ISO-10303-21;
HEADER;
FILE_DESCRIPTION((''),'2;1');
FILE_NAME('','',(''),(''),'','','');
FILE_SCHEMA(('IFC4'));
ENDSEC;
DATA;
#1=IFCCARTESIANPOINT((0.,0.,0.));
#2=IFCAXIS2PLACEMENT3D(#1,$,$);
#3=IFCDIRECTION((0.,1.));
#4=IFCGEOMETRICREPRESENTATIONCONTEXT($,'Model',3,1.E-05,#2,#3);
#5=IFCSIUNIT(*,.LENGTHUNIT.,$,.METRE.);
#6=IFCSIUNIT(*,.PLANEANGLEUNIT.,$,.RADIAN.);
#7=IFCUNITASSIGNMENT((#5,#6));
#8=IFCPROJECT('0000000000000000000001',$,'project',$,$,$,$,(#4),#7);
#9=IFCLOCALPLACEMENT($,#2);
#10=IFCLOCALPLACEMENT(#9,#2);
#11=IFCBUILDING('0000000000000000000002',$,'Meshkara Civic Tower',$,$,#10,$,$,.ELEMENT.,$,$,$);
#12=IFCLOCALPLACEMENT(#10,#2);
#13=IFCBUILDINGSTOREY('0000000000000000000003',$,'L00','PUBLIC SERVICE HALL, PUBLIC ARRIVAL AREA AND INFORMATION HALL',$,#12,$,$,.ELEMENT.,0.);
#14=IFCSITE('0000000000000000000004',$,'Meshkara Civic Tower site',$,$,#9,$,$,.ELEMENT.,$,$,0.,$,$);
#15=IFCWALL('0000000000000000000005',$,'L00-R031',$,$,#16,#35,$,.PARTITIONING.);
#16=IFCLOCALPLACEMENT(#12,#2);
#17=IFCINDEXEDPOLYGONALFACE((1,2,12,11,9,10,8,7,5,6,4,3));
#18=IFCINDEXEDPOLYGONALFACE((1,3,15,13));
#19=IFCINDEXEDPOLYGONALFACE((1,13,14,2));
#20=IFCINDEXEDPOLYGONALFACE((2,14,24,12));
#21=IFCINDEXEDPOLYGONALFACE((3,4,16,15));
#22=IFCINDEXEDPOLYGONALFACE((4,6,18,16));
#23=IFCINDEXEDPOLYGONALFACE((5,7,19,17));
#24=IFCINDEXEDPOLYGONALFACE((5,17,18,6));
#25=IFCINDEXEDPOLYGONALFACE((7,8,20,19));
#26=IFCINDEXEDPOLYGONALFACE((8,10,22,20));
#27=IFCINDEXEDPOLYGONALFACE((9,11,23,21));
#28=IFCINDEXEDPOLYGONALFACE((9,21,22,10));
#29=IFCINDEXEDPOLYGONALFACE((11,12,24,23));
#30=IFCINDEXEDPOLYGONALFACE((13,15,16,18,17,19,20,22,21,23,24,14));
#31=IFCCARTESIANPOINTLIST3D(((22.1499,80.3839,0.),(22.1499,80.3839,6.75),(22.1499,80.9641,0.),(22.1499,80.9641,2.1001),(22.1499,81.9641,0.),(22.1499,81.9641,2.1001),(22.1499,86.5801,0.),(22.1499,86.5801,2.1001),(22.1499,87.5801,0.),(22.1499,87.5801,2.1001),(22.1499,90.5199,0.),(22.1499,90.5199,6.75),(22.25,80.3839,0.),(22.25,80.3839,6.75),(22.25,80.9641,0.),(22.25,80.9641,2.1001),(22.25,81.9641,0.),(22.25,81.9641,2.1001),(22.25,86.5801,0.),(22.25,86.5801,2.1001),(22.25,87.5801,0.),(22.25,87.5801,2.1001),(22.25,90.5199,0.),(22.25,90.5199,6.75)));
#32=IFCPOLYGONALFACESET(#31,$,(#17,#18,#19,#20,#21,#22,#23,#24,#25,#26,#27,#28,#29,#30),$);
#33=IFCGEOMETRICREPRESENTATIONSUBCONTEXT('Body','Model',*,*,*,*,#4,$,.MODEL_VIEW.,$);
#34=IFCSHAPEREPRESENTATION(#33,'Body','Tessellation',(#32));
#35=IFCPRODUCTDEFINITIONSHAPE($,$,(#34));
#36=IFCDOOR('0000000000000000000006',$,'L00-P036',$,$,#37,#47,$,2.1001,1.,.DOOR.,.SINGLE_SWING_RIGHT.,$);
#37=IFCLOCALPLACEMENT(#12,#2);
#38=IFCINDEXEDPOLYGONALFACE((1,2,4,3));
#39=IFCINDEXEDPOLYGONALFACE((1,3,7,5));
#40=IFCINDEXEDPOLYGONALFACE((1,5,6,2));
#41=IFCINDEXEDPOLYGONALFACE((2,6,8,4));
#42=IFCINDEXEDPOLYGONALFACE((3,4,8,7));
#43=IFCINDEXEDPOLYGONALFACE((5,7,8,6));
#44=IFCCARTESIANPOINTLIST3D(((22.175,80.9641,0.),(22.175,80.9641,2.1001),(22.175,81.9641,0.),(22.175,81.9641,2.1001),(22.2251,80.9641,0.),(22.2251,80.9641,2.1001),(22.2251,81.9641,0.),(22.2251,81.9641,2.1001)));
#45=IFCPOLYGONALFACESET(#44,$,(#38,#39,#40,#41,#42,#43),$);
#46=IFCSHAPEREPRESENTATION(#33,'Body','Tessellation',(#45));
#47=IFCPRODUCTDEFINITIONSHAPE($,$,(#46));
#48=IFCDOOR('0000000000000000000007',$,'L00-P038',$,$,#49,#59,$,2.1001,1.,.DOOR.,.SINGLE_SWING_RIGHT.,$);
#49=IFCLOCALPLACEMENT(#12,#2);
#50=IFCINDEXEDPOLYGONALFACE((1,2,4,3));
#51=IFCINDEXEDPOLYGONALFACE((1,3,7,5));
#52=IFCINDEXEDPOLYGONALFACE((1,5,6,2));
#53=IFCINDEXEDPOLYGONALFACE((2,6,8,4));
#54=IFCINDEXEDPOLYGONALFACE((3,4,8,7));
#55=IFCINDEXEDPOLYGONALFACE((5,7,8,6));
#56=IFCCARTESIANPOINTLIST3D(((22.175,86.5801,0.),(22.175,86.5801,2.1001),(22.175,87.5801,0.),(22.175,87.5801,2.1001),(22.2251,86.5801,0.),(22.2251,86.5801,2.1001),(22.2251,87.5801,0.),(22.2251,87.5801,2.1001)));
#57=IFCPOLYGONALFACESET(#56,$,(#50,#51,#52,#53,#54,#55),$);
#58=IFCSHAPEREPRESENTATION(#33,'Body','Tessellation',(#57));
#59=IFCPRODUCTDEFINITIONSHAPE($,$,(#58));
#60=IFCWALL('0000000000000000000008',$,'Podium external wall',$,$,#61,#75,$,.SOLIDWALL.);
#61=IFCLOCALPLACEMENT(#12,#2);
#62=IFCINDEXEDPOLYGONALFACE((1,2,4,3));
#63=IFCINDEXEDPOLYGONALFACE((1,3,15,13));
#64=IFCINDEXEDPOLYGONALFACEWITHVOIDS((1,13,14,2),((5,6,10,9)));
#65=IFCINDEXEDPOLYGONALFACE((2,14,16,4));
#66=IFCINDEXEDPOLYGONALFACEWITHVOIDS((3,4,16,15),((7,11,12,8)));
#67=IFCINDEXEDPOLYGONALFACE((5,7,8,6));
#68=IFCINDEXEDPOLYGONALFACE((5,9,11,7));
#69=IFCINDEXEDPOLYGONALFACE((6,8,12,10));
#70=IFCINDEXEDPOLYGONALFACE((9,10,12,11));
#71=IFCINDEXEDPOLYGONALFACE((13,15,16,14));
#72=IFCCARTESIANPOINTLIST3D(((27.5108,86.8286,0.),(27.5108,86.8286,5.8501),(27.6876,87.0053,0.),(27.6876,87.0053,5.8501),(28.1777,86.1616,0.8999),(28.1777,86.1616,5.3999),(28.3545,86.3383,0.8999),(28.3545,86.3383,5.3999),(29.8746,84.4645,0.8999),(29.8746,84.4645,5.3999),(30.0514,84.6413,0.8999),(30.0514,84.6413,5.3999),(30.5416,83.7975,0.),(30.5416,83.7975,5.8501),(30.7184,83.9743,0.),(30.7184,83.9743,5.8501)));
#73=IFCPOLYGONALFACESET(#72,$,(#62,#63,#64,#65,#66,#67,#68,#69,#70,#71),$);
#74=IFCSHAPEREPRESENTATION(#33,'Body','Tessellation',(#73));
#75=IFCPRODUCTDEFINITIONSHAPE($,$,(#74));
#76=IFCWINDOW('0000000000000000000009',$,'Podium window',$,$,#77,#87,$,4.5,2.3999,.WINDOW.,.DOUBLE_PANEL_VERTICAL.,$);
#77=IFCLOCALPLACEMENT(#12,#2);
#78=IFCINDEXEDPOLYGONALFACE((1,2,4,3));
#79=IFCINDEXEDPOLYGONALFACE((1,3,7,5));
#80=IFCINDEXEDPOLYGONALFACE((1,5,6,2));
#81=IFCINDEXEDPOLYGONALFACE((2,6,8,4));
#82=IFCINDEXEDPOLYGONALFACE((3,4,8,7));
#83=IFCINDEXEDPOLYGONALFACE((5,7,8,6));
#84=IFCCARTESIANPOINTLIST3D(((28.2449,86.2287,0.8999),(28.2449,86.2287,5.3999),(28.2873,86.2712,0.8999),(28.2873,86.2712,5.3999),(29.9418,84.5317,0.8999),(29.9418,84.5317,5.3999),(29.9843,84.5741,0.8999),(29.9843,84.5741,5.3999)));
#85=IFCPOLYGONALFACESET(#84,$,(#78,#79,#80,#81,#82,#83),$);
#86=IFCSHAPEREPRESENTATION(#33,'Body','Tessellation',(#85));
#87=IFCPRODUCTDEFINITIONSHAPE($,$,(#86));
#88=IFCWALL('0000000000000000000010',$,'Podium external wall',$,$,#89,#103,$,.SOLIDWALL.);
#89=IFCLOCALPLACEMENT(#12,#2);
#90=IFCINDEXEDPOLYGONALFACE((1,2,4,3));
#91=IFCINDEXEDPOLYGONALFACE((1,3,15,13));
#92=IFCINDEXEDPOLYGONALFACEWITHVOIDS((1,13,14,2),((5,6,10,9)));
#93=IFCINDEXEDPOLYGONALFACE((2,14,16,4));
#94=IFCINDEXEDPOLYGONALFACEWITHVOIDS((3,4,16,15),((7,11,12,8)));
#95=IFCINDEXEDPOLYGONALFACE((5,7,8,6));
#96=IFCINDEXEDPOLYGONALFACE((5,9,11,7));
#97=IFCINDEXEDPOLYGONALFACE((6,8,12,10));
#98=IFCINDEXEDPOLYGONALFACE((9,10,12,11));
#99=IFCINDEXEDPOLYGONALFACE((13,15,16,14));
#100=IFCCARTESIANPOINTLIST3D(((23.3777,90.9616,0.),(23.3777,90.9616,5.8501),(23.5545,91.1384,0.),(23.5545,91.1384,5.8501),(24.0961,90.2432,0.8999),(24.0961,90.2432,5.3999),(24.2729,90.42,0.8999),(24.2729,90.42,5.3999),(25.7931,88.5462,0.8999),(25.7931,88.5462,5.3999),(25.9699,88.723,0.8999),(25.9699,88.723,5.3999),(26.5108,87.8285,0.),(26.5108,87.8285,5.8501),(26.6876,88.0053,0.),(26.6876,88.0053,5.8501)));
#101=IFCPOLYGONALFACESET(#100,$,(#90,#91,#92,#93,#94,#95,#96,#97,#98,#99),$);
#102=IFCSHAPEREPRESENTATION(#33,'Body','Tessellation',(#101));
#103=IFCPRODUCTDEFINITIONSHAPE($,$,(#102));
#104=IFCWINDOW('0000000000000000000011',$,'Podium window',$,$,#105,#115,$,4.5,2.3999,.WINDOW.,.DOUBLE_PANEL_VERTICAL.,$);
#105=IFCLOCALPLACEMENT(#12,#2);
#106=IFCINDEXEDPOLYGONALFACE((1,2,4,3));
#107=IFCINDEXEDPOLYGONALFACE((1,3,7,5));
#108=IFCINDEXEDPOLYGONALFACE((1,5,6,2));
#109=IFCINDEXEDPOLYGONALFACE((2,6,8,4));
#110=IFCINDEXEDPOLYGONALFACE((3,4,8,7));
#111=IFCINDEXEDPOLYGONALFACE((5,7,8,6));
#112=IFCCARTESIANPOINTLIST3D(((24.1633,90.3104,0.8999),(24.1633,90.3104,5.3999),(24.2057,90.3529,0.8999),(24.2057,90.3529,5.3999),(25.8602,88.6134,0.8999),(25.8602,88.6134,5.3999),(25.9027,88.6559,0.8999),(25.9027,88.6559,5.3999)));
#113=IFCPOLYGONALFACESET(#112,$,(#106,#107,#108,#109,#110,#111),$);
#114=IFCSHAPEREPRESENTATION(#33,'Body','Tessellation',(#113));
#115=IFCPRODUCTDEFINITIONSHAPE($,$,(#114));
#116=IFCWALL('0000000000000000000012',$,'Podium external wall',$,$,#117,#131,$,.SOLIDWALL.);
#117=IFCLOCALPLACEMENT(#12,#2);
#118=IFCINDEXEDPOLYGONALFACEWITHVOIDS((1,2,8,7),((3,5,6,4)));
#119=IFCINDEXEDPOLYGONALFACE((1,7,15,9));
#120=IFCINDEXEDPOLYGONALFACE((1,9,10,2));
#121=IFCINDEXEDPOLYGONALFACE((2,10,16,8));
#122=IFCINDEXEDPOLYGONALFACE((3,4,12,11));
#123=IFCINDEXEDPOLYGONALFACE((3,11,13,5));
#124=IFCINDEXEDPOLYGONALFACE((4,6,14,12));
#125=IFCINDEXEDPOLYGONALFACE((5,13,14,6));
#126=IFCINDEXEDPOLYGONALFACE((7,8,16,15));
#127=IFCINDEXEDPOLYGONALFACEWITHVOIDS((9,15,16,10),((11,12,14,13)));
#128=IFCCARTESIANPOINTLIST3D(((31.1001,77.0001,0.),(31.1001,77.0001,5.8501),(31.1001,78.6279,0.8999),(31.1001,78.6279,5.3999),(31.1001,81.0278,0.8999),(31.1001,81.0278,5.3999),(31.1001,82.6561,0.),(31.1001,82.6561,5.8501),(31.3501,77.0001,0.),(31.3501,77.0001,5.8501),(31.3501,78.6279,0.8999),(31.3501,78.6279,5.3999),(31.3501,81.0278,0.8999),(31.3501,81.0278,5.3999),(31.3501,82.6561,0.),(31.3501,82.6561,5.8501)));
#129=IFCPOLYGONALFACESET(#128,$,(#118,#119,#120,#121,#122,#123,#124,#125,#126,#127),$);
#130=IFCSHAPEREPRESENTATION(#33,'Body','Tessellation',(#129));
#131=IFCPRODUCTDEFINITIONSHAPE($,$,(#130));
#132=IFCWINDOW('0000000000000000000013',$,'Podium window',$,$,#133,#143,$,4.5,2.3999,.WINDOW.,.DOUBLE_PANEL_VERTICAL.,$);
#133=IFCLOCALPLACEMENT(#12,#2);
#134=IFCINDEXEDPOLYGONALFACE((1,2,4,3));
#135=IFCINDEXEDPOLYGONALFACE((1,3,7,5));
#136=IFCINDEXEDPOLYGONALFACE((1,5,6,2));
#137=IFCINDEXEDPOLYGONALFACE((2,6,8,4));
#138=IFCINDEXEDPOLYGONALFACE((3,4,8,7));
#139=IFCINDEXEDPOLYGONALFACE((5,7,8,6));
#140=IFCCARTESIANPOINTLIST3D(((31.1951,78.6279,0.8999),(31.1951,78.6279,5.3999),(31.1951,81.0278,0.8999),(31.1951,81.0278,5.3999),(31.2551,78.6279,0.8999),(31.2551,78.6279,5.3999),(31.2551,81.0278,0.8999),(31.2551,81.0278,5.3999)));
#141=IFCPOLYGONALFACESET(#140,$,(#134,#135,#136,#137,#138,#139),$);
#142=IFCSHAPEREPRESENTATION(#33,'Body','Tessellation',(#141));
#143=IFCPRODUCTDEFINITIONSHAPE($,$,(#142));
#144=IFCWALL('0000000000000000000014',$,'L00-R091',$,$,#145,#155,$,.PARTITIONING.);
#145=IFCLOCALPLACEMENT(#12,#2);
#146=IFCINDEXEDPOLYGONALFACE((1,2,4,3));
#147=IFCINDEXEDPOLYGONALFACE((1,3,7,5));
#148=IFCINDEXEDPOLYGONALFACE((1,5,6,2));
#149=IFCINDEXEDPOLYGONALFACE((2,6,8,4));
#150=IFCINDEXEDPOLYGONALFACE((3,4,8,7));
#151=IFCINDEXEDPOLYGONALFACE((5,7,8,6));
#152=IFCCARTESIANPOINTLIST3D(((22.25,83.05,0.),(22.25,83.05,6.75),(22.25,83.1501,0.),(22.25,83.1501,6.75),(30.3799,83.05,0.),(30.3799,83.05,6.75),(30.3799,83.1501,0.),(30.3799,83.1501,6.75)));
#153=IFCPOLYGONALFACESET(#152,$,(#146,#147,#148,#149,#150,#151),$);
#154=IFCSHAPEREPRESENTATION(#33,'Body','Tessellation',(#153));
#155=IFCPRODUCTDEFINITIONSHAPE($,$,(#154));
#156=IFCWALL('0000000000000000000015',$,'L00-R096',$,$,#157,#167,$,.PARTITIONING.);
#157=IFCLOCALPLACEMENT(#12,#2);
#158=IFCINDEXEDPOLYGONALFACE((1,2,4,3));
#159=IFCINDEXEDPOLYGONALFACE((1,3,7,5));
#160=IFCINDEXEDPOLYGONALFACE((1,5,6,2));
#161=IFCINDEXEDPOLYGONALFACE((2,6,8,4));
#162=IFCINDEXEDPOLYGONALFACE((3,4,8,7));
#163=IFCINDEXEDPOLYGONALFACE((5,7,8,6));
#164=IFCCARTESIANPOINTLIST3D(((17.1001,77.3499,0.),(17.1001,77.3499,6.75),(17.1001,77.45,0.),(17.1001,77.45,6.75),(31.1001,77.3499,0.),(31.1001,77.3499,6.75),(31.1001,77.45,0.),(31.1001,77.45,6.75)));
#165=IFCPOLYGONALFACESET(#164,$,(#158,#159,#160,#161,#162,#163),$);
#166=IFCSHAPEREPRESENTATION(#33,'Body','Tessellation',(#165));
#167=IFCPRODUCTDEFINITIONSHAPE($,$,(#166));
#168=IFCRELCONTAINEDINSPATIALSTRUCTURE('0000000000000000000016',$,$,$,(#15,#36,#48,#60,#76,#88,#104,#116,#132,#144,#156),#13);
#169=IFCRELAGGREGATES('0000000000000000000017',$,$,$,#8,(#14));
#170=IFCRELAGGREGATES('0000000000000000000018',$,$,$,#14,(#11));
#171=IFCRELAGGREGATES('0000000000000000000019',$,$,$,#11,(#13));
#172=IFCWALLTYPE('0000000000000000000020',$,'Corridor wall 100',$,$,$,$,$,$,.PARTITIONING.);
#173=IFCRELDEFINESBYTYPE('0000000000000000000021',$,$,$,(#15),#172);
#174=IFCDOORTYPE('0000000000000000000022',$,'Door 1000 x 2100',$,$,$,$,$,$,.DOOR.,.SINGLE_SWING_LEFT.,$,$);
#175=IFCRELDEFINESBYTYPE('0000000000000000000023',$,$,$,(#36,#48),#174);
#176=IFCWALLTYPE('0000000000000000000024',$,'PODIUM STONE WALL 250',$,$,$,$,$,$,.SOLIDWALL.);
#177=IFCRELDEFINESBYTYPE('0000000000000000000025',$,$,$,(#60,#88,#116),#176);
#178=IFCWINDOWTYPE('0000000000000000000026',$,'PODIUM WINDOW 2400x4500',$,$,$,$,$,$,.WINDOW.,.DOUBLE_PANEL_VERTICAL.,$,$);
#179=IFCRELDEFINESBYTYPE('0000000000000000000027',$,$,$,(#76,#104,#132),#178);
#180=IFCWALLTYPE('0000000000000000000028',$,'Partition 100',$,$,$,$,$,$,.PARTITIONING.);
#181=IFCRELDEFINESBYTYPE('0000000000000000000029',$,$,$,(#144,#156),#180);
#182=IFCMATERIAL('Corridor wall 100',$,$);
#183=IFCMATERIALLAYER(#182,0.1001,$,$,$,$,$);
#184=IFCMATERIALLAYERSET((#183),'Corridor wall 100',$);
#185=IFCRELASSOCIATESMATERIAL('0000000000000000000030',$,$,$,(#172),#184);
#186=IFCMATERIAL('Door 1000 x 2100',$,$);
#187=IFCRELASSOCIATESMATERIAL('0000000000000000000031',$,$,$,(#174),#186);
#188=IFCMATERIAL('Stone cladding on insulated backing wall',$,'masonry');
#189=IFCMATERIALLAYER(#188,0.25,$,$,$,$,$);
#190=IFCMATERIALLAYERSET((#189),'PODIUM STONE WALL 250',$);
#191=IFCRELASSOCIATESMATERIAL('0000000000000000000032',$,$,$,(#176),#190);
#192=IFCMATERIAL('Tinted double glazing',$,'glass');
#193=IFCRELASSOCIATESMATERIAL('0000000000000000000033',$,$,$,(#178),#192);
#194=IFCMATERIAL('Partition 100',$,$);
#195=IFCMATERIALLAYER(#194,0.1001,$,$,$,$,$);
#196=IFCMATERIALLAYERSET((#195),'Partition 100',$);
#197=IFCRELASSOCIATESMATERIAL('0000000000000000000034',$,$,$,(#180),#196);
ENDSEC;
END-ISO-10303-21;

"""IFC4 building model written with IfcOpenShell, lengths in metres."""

from ifc_helpers import new_model, si_unit, direction, frame, frame_2d, origin, place, context, subcontext, project, spatial, rectangle, extrude, material, layer, layer_set, type_object, element, fill, save


model = new_model("IFC4")

# Units and contexts
model_context = context("Model", 3, precision=1e-05, world=origin(), true_north=direction((0.0, 1.0)))
body_context = subcontext(model_context, "Body", "Model", "MODEL_VIEW")
ifc_project = project(units=[si_unit("LENGTHUNIT", "METRE"), si_unit("PLANEANGLEUNIT", "RADIAN")], contexts=[model_context])

# Site, building, storey
site_placement = place(None, origin())
site = spatial("IfcSite", under=ifc_project, at=site_placement, Name="Meshkara Civic Tower site", CompositionType="ELEMENT", RefElevation=0.0)
building_placement = place(site_placement, origin())
building = spatial("IfcBuilding", under=site, at=building_placement, Name="Meshkara Civic Tower", CompositionType="ELEMENT")
storey_placement = place(building_placement, origin())
storey = spatial("IfcBuildingStorey", under=building, at=storey_placement, Name="L00", Description="PUBLIC SERVICE HALL, PUBLIC ARRIVAL AREA AND INFORMATION HALL", CompositionType="ELEMENT", Elevation=0.0)

# Shared definitions
ifc_material_1 = material(Name="Corridor wall 100")
ifc_layer_1 = layer(ifc_material_1, 0.1001)
ifc_layer_set_1 = layer_set([ifc_layer_1], Name="Corridor wall 100")
wall_type_1 = type_object("IfcWallType", Name="Corridor wall 100", PredefinedType="PARTITIONING", material=ifc_layer_set_1)

# Wall, openings, doors
wall_1_placement = place(storey_placement, frame((22.2, 80.384, 0.0), z_axis=(0.0, 0.0, 1.0), x_axis=(0.0, 1.0, 0.0)))
wall_1 = element("IfcWall", 1, at=wall_1_placement, inside=storey, type_object=wall_type_1, Name="L00-R031", PredefinedType="PARTITIONING", context=body_context, shape_type="SweptSolid", body=[
    extrude(rectangle(XDim=10.136, YDim=0.1001, at=frame_2d((5.0679, 0.0))), origin(), (0.0, 0.0, 1.0), 6.75),
])
opening_1_placement = place(wall_1_placement, frame((0.5801, 0.0, 0.0)))
opening_1 = element("IfcOpeningElement", 2, at=opening_1_placement, cuts=wall_1, PredefinedType="OPENING", context=body_context, shape_type="SweptSolid", body=[
    extrude(rectangle(XDim=1.0, YDim=2.1001, at=frame_2d((0.5, 1.05))), frame((0.0, 0.0601, 0.0), z_axis=(0.0, -1.0, 0.0), x_axis=(1.0, 0.0, 0.0)), (0.0, 0.0, 1.0), 0.1201),
])
opening_2_placement = place(wall_1_placement, frame((6.196, 0.0, 0.0)))
opening_2 = element("IfcOpeningElement", 3, at=opening_2_placement, cuts=wall_1, PredefinedType="OPENING", context=body_context, shape_type="SweptSolid", body=[
    extrude(rectangle(XDim=1.0, YDim=2.1001, at=frame_2d((0.5, 1.05))), frame((0.0, 0.0601, 0.0), z_axis=(0.0, -1.0, 0.0), x_axis=(1.0, 0.0, 0.0)), (0.0, 0.0, 1.0), 0.1201),
])
ifc_material_2 = material(Name="Door 1000 x 2100")
door_type_1 = type_object("IfcDoorType", Name="Door 1000 x 2100", OperationType="SINGLE_SWING_LEFT", PredefinedType="DOOR", material=ifc_material_2)
door_1_placement = place(opening_1_placement, origin())
door_1 = element("IfcDoor", 4, at=door_1_placement, inside=storey, type_object=door_type_1, Name="L00-P036", OperationType="SINGLE_SWING_RIGHT", OverallHeight=2.1001, OverallWidth=1.0, PredefinedType="DOOR", context=body_context, shape_type="SweptSolid", body=[
    extrude(rectangle(XDim=1.0, YDim=2.1001, at=frame_2d((0.5, 1.05))), frame((0.0, 0.0249, 0.0), z_axis=(0.0, -1.0, 0.0), x_axis=(1.0, 0.0, 0.0)), (0.0, 0.0, 1.0), 0.05),
])
fill(opening_1, door_1)
door_2_placement = place(opening_2_placement, origin())
door_2 = element("IfcDoor", 5, at=door_2_placement, inside=storey, type_object=door_type_1, Name="L00-P038", OperationType="SINGLE_SWING_RIGHT", OverallHeight=2.1001, OverallWidth=1.0, PredefinedType="DOOR", context=body_context, shape_type="SweptSolid", body=[
    extrude(rectangle(XDim=1.0, YDim=2.1001, at=frame_2d((0.5, 1.05))), frame((0.0, 0.0249, 0.0), z_axis=(0.0, -1.0, 0.0), x_axis=(1.0, 0.0, 0.0)), (0.0, 0.0, 1.0), 0.05),
])
fill(opening_2, door_2)

# Walls, openings, windows
ifc_material_3 = material(Name="Stone cladding on insulated backing wall", Category="masonry")
ifc_layer_2 = layer(ifc_material_3, 0.25)
ifc_layer_set_2 = layer_set([ifc_layer_2], Name="PODIUM STONE WALL 250")
wall_type_2 = type_object("IfcWallType", Name="PODIUM STONE WALL 250", PredefinedType="SOLIDWALL", material=ifc_layer_set_2)
wall_2_placement = place(storey_placement, frame((30.6299, 83.886, 0.0), z_axis=(0.0, 0.0, 1.0), x_axis=(-0.707078, 0.707135, 0.0)))
wall_2 = element("IfcWall", 6, at=wall_2_placement, inside=storey, type_object=wall_type_2, Name="Podium external wall", PredefinedType="SOLIDWALL", context=body_context, shape_type="SweptSolid", body=[
    extrude(rectangle(XDim=4.2864, YDim=0.25, at=frame_2d((2.1431, 0.0))), origin(), (0.0, 0.0, 1.0), 5.8501),
])
opening_3_placement = place(wall_2_placement, frame((0.9431, 0.0, 0.8999)))
opening_3 = element("IfcOpeningElement", 7, at=opening_3_placement, cuts=wall_2, PredefinedType="OPENING", context=body_context, shape_type="SweptSolid", body=[
    extrude(rectangle(XDim=2.3999, YDim=4.5, at=frame_2d((1.2, 2.25))), frame((0.0, 0.135, 0.0), z_axis=(0.0, -1.0, 0.0), x_axis=(1.0, 0.0, 0.0)), (0.0, 0.0, 1.0), 0.27),
])
ifc_material_4 = material(Name="Tinted double glazing", Category="glass")
window_type = type_object("IfcWindowType", Name="PODIUM WINDOW 2400x4500", PartitioningType="DOUBLE_PANEL_VERTICAL", PredefinedType="WINDOW", material=ifc_material_4)
window_1_placement = place(opening_3_placement, origin())
window_1 = element("IfcWindow", 8, at=window_1_placement, inside=storey, type_object=window_type, Name="Podium window", OverallHeight=4.5, OverallWidth=2.3999, PartitioningType="DOUBLE_PANEL_VERTICAL", PredefinedType="WINDOW", context=body_context, shape_type="SweptSolid", body=[
    extrude(rectangle(XDim=2.3999, YDim=4.5, at=frame_2d((1.2, 2.25))), frame((0.0, 0.03, 0.0), z_axis=(0.0, -1.0, 0.0), x_axis=(1.0, 0.0, 0.0)), (0.0, 0.0, 1.0), 0.0601),
])
fill(opening_3, window_1)
wall_3_placement = place(storey_placement, frame((26.5991, 87.917, 0.0), z_axis=(0.0, 0.0, 1.0), x_axis=(-0.707107, 0.707107, 0.0)))
wall_3 = element("IfcWall", 9, at=wall_3_placement, inside=storey, type_object=wall_type_2, Name="Podium external wall", PredefinedType="SOLIDWALL", context=body_context, shape_type="SweptSolid", body=[
    extrude(rectangle(XDim=4.4309, YDim=0.25, at=frame_2d((2.2153, 0.0))), origin(), (0.0, 0.0, 1.0), 5.8501),
])
opening_4_placement = place(wall_3_placement, frame((1.0149, 0.0, 0.8999)))
opening_4 = element("IfcOpeningElement", 10, at=opening_4_placement, cuts=wall_3, PredefinedType="OPENING", context=body_context, shape_type="SweptSolid", body=[
    extrude(rectangle(XDim=2.3999, YDim=4.5, at=frame_2d((1.2, 2.25))), frame((0.0, 0.135, 0.0), z_axis=(0.0, -1.0, 0.0), x_axis=(1.0, 0.0, 0.0)), (0.0, 0.0, 1.0), 0.27),
])
window_2_placement = place(opening_4_placement, origin())
window_2 = element("IfcWindow", 11, at=window_2_placement, inside=storey, type_object=window_type, Name="Podium window", OverallHeight=4.5, OverallWidth=2.3999, PartitioningType="DOUBLE_PANEL_VERTICAL", PredefinedType="WINDOW", context=body_context, shape_type="SweptSolid", body=[
    extrude(rectangle(XDim=2.3999, YDim=4.5, at=frame_2d((1.2, 2.25))), frame((0.0, 0.03, 0.0), z_axis=(0.0, -1.0, 0.0), x_axis=(1.0, 0.0, 0.0)), (0.0, 0.0, 1.0), 0.0601),
])
fill(opening_4, window_2)

# Wall, opening, window
wall_4_placement = place(storey_placement, frame((31.2251, 77.0, 0.0), z_axis=(0.0, 0.0, 1.0), x_axis=(0.0, 1.0, 0.0)))
wall_4 = element("IfcWall", 12, at=wall_4_placement, inside=storey, type_object=wall_type_2, Name="Podium external wall", PredefinedType="SOLIDWALL", context=body_context, shape_type="SweptSolid", body=[
    extrude(rectangle(XDim=5.656, YDim=0.25, at=frame_2d((2.8281, 0.0))), origin(), (0.0, 0.0, 1.0), 5.8501),
])
opening_5_placement = place(wall_4_placement, frame((1.6279, 0.0, 0.8999)))
opening_5 = element("IfcOpeningElement", 13, at=opening_5_placement, cuts=wall_4, PredefinedType="OPENING", context=body_context, shape_type="SweptSolid", body=[
    extrude(rectangle(XDim=2.3999, YDim=4.5, at=frame_2d((1.2, 2.25))), frame((0.0, 0.135, 0.0), z_axis=(0.0, -1.0, 0.0), x_axis=(1.0, 0.0, 0.0)), (0.0, 0.0, 1.0), 0.27),
])
window_3_placement = place(opening_5_placement, origin())
window_3 = element("IfcWindow", 14, at=window_3_placement, inside=storey, type_object=window_type, Name="Podium window", OverallHeight=4.5, OverallWidth=2.3999, PartitioningType="DOUBLE_PANEL_VERTICAL", PredefinedType="WINDOW", context=body_context, shape_type="SweptSolid", body=[
    extrude(rectangle(XDim=2.3999, YDim=4.5, at=frame_2d((1.2, 2.25))), frame((0.0, 0.03, 0.0), z_axis=(0.0, -1.0, 0.0), x_axis=(1.0, 0.0, 0.0)), (0.0, 0.0, 1.0), 0.0601),
])
fill(opening_5, window_3)

# Walls
ifc_material_5 = material(Name="Partition 100")
ifc_layer_3 = layer(ifc_material_5, 0.1001)
ifc_layer_set_3 = layer_set([ifc_layer_3], Name="Partition 100")
wall_type_3 = type_object("IfcWallType", Name="Partition 100", PredefinedType="PARTITIONING", material=ifc_layer_set_3)
wall_5_placement = place(storey_placement, frame((30.3799, 83.1001, 0.0), z_axis=(0.0, 0.0, 1.0), x_axis=(-1.0, 0.0, 0.0)))
element("IfcWall", 15, at=wall_5_placement, inside=storey, type_object=wall_type_3, Name="L00-R091", PredefinedType="PARTITIONING", context=body_context, shape_type="SweptSolid", body=[
    extrude(rectangle(XDim=8.1299, YDim=0.1001, at=frame_2d((4.0649, 0.0))), origin(), (0.0, 0.0, 1.0), 6.75),
])
wall_6_placement = place(storey_placement, frame((31.1001, 77.3999, 0.0), z_axis=(0.0, 0.0, 1.0), x_axis=(-1.0, 0.0, 0.0)))
element("IfcWall", 16, at=wall_6_placement, inside=storey, type_object=wall_type_3, Name="L00-R096", PredefinedType="PARTITIONING", context=body_context, shape_type="SweptSolid", body=[
    extrude(rectangle(XDim=14.0, YDim=0.1001, at=frame_2d((7.0, 0.0))), origin(), (0.0, 0.0, 1.0), 6.75),
])

save(model, "model.ifc")
